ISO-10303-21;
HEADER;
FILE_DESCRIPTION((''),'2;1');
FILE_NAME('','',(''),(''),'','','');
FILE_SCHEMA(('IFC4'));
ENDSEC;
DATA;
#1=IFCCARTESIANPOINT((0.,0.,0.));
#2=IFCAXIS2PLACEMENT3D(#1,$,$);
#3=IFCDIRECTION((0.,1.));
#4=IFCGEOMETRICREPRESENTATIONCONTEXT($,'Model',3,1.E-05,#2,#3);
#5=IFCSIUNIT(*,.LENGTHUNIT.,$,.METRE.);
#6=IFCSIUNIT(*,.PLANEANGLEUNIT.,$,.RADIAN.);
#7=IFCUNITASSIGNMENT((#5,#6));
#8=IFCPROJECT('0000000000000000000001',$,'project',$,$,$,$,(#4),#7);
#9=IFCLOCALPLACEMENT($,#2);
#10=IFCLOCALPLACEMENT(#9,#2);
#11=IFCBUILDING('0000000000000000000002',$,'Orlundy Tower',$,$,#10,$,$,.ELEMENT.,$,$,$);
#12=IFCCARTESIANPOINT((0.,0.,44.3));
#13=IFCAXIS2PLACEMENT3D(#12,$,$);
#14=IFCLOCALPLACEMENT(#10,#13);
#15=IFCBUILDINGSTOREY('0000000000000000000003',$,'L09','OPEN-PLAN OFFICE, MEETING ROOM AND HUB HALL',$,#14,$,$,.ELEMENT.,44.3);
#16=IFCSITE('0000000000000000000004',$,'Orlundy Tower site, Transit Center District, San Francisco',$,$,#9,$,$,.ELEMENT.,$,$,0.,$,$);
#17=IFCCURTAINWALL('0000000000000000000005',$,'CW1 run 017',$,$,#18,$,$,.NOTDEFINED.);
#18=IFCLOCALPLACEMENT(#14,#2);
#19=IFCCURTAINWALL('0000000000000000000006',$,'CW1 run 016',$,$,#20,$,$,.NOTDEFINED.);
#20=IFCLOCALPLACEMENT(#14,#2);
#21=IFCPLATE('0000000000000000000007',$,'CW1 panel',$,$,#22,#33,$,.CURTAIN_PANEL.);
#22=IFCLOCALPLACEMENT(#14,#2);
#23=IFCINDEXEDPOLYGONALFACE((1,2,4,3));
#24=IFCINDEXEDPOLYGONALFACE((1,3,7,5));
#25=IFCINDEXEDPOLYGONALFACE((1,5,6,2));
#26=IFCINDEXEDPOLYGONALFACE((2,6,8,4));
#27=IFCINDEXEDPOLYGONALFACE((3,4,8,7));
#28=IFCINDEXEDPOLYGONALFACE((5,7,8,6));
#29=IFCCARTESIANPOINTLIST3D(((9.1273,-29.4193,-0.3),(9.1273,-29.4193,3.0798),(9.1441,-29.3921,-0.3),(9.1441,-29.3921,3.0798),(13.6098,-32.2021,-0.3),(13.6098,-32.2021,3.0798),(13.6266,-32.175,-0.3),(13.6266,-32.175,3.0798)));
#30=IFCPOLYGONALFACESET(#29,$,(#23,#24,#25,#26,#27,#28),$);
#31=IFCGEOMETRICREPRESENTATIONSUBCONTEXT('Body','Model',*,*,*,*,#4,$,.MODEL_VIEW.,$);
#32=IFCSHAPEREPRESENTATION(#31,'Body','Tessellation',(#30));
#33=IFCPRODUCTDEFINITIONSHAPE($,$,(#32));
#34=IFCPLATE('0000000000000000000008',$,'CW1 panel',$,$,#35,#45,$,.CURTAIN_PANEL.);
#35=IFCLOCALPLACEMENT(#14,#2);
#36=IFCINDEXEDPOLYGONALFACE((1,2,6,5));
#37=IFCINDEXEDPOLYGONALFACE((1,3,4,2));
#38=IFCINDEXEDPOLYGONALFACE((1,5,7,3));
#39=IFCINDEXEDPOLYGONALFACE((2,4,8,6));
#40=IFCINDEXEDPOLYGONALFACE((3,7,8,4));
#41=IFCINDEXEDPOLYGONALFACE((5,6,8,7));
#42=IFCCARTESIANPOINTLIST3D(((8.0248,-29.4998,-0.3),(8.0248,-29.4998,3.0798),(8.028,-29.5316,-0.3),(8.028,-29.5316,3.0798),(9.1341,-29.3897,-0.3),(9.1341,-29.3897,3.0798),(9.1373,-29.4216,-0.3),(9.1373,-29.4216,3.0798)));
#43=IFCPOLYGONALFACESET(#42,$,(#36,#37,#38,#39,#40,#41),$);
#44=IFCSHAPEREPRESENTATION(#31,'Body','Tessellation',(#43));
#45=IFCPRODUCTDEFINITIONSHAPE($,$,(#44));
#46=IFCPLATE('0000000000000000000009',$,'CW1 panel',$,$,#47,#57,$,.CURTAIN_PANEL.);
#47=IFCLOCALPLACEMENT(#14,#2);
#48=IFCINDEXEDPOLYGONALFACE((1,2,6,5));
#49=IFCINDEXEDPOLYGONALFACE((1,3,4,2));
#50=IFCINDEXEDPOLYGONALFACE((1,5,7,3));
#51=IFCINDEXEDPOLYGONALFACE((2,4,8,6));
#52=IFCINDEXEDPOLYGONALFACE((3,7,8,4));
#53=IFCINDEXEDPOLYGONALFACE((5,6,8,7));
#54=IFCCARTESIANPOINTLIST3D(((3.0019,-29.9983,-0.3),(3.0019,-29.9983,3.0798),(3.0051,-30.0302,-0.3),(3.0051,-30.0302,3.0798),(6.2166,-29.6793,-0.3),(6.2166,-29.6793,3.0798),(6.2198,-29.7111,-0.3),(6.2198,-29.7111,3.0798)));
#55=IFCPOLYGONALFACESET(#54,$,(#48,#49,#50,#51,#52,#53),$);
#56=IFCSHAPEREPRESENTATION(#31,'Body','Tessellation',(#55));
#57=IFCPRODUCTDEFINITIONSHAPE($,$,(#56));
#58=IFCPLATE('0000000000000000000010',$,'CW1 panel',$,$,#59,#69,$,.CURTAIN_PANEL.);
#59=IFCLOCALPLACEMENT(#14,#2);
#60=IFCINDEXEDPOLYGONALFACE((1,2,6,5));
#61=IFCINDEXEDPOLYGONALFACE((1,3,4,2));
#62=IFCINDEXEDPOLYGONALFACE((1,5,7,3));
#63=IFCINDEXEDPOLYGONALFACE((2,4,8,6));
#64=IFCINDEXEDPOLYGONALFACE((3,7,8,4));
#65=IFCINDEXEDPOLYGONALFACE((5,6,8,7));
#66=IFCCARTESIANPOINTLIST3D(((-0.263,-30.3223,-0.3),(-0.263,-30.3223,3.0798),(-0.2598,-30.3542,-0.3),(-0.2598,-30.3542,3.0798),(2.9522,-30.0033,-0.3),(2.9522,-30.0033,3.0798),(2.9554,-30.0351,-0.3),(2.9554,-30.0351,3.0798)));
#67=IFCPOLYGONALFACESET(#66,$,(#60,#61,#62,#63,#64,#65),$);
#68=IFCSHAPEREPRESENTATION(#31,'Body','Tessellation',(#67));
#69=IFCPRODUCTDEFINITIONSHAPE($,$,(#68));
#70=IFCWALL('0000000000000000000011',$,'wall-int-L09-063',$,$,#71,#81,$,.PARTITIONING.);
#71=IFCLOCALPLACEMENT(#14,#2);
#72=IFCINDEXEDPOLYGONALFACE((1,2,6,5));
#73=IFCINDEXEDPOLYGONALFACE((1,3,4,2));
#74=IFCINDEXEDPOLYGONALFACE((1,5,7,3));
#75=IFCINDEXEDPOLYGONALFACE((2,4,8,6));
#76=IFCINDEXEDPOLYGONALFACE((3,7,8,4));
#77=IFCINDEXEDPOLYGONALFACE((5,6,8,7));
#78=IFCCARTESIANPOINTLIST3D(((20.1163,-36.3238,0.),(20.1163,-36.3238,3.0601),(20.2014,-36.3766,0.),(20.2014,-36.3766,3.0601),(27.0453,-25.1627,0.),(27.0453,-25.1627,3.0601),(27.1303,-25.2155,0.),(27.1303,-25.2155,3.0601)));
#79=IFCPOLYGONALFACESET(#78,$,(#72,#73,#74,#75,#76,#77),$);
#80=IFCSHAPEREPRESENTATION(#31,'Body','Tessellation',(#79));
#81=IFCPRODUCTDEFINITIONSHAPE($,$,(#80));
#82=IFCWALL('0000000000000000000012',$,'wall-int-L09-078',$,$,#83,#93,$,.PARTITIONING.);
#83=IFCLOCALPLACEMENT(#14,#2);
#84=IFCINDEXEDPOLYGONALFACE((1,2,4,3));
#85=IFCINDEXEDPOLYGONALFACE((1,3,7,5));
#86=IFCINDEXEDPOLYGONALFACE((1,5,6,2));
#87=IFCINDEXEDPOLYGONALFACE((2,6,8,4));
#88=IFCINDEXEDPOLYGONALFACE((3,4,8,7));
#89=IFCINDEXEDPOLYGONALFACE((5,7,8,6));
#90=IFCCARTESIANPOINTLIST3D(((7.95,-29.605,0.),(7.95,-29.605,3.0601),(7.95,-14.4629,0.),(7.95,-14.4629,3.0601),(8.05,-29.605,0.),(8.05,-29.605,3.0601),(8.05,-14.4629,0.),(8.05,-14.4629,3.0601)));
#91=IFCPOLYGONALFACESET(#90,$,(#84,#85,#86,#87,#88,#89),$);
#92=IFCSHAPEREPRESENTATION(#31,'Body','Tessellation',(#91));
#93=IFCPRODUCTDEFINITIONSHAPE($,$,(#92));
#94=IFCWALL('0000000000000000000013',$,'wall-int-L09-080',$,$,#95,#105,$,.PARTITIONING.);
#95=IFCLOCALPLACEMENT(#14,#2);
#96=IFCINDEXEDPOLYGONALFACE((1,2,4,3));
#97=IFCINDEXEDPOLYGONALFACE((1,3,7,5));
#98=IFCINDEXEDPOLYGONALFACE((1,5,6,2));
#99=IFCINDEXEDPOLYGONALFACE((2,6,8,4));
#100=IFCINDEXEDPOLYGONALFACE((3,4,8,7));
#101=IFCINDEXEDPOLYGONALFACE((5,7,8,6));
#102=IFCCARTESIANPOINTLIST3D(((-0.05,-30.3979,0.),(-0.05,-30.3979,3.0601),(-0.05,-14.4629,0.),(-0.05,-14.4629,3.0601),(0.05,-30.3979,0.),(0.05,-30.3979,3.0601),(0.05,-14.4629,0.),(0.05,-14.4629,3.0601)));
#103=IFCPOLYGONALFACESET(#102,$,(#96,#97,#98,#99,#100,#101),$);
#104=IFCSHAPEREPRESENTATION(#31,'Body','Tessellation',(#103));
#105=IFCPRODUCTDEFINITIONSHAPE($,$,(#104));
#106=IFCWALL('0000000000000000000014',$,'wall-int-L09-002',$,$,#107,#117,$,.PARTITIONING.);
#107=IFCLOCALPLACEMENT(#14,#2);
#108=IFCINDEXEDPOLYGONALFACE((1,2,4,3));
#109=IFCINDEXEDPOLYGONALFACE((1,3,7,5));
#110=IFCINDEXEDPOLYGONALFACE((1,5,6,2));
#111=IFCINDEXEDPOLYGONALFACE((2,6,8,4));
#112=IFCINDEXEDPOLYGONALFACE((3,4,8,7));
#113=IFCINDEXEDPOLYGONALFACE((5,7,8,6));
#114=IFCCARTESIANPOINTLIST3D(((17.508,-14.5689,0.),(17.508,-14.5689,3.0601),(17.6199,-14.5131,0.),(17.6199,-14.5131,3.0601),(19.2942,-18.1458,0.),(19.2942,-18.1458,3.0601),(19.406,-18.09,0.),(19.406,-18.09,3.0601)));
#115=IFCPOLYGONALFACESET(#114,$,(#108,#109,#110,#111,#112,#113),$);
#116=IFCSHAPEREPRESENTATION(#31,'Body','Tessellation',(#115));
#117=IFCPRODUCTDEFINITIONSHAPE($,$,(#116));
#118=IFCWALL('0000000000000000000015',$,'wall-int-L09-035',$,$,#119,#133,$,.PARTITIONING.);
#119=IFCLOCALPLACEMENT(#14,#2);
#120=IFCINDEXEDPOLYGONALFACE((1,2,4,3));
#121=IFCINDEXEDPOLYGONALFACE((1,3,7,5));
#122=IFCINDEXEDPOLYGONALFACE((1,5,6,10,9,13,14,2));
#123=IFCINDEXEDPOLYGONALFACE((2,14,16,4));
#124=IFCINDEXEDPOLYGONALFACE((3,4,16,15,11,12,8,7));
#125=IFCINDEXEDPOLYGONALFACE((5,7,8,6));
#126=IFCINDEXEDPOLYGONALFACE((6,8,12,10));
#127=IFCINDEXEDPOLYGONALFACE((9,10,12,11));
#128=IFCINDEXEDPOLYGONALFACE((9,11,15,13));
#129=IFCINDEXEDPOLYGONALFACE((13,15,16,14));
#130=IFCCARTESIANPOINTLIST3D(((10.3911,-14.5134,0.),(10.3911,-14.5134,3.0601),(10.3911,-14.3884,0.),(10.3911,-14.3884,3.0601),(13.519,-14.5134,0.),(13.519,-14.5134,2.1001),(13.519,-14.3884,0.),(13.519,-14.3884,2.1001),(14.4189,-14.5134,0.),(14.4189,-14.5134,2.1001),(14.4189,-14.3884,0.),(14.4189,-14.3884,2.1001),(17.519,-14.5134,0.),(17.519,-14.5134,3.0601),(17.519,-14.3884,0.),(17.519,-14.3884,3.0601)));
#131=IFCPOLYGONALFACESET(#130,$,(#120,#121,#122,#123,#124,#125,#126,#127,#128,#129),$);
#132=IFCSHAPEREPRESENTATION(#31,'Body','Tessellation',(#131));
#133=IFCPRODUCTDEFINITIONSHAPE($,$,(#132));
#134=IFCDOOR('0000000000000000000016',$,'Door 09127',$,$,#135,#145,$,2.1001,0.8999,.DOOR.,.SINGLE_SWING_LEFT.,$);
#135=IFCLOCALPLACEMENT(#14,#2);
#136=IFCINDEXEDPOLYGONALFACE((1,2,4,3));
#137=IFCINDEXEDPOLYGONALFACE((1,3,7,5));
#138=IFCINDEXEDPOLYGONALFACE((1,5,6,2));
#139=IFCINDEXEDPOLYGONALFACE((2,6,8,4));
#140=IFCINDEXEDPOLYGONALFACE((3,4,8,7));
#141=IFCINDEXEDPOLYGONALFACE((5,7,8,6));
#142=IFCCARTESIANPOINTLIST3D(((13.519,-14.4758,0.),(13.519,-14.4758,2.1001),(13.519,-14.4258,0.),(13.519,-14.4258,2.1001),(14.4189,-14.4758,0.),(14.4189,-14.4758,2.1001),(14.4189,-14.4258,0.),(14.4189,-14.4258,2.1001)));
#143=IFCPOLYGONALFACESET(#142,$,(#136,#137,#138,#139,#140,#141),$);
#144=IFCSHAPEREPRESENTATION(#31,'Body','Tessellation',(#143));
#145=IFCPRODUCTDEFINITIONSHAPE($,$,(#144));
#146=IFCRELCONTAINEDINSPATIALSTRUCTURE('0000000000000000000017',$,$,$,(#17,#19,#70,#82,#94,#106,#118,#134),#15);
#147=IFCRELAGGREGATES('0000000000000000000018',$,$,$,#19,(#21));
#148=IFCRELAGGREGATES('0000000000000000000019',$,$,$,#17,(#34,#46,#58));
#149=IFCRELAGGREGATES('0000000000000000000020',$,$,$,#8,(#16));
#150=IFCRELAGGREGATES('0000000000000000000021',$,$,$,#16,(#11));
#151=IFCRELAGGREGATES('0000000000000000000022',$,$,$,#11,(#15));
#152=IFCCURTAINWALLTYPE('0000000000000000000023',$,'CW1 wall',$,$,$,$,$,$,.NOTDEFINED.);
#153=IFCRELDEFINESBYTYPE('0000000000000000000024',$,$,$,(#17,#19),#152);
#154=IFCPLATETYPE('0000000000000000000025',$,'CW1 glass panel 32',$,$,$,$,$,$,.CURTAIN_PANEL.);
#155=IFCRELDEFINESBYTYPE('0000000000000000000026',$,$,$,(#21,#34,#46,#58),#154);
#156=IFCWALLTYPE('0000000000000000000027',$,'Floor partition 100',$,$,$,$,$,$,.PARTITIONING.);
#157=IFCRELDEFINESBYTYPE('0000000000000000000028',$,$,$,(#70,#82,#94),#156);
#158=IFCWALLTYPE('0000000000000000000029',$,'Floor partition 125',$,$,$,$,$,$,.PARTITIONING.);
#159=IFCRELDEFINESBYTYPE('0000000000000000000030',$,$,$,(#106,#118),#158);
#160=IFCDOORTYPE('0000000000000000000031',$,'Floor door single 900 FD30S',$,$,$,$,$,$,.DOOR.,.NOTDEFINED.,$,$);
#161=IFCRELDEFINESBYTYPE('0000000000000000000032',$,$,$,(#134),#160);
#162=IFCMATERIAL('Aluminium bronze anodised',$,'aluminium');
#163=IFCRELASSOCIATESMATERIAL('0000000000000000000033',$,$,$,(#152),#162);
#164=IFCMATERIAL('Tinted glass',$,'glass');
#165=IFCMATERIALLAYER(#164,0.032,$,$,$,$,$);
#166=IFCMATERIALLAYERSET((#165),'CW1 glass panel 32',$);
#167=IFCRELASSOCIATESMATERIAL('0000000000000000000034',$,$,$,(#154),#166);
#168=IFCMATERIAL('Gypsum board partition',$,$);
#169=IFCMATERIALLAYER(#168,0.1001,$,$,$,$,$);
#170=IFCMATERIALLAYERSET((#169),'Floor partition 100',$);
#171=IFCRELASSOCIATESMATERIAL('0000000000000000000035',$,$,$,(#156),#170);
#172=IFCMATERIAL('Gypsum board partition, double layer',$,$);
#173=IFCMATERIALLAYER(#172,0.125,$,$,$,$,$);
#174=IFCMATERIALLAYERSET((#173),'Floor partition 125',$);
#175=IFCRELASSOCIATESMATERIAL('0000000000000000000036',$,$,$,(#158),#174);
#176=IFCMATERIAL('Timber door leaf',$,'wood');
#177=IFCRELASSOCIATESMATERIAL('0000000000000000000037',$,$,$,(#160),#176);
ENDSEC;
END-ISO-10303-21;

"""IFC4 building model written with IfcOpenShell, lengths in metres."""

from ifc_helpers import new_model, si_unit, direction, frame, frame_2d, origin, origin_2d, place, context, subcontext, project, spatial, rectangle, extrude, material, layer, layer_set, type_object, element, fill, aggregate, save


model = new_model("IFC4")

# Units and contexts
model_context = context("Model", 3, precision=1e-05, world=origin(), true_north=direction((0.0, 1.0)))
body_context = subcontext(model_context, "Body", "Model", "MODEL_VIEW")
ifc_project = project(units=[si_unit("LENGTHUNIT", "METRE"), si_unit("PLANEANGLEUNIT", "RADIAN")], contexts=[model_context])

# Site, building, storey
site_placement = place(None, origin())
site = spatial("IfcSite", under=ifc_project, at=site_placement, Name="Orlundy Tower site, Transit Center District, San Francisco", CompositionType="ELEMENT", RefElevation=0.0)
building_placement = place(site_placement, origin())
building = spatial("IfcBuilding", under=site, at=building_placement, Name="Orlundy Tower", CompositionType="ELEMENT")
storey_placement = place(building_placement, frame((0.0, 0.0, 44.3)))
storey = spatial("IfcBuildingStorey", under=building, at=storey_placement, Name="L09", Description="OPEN-PLAN OFFICE, MEETING ROOM AND HUB HALL", CompositionType="ELEMENT", Elevation=44.3)

# Curtain wall
ifc_material_1 = material(Name="Aluminium bronze anodised", Category="aluminium")
curtain_wall_type = type_object("IfcCurtainWallType", Name="CW1 wall", PredefinedType="NOTDEFINED", material=ifc_material_1)
curtain_wall_1_placement = place(storey_placement, origin())
curtain_wall_1 = element("IfcCurtainWall", 1, at=curtain_wall_1_placement, inside=storey, type_object=curtain_wall_type, Name="CW1 run 017", PredefinedType="NOTDEFINED")

# Curtain wall
curtain_wall_2_placement = place(storey_placement, origin())
curtain_wall_2 = element("IfcCurtainWall", 2, at=curtain_wall_2_placement, inside=storey, type_object=curtain_wall_type, Name="CW1 run 016", PredefinedType="NOTDEFINED")

# Plates
ifc_material_2 = material(Name="Tinted glass", Category="glass")
ifc_layer_1 = layer(ifc_material_2, 0.032)
ifc_layer_set_1 = layer_set([ifc_layer_1], Name="CW1 glass panel 32")
plate_type = type_object("IfcPlateType", Name="CW1 glass panel 32", PredefinedType="CURTAIN_PANEL", material=ifc_layer_set_1)
plate_1_placement = place(storey_placement, frame((11.377, -30.7971, -0.3), z_axis=(0.0, 0.0, 1.0), x_axis=(-0.849587, 0.527449, 0.0)))
plate_1 = element("IfcPlate", 3, at=plate_1_placement, type_object=plate_type, Name="CW1 panel", PredefinedType="CURTAIN_PANEL", context=body_context, shape_type="SweptSolid", body=[
    extrude(rectangle(XDim=5.2761, YDim=0.032, at=origin_2d()), origin(), (0.0, 0.0, 1.0), 3.3799),
])
aggregate(curtain_wall_2, [plate_1])
plate_2_placement = place(storey_placement, frame((8.5811, -29.4607, -0.3), z_axis=(0.0, 0.0, 1.0), x_axis=(-0.995112, -0.09875, 0.0)))
plate_2 = element("IfcPlate", 4, at=plate_2_placement, type_object=plate_type, Name="CW1 panel", PredefinedType="CURTAIN_PANEL", context=body_context, shape_type="SweptSolid", body=[
    extrude(rectangle(XDim=1.1147, YDim=0.032, at=origin_2d()), origin(), (0.0, 0.0, 1.0), 3.3799),
])
plate_3_placement = place(storey_placement, frame((4.6108, -29.8547, -0.3), z_axis=(0.0, 0.0, 1.0), x_axis=(-0.995112, -0.09875, 0.0)))
plate_3 = element("IfcPlate", 5, at=plate_3_placement, type_object=plate_type, Name="CW1 panel", PredefinedType="CURTAIN_PANEL", context=body_context, shape_type="SweptSolid", body=[
    extrude(rectangle(XDim=3.2305, YDim=0.032, at=origin_2d()), origin(), (0.0, 0.0, 1.0), 3.3799),
])
plate_4_placement = place(storey_placement, frame((1.3462, -30.1787, -0.3), z_axis=(0.0, 0.0, 1.0), x_axis=(-0.995112, -0.09875, 0.0)))
plate_4 = element("IfcPlate", 6, at=plate_4_placement, type_object=plate_type, Name="CW1 panel", PredefinedType="CURTAIN_PANEL", context=body_context, shape_type="SweptSolid", body=[
    extrude(rectangle(XDim=3.231, YDim=0.032, at=origin_2d()), origin(), (0.0, 0.0, 1.0), 3.3799),
])
aggregate(curtain_wall_1, [plate_2, plate_3, plate_4])

# Walls
ifc_material_3 = material(Name="Gypsum board partition")
ifc_layer_2 = layer(ifc_material_3, 0.1001)
ifc_layer_set_2 = layer_set([ifc_layer_2], Name="Floor partition 100")
wall_type_1 = type_object("IfcWallType", Name="Floor partition 100", PredefinedType="PARTITIONING", material=ifc_layer_set_2)
wall_1_placement = place(storey_placement, frame((20.1589, -36.3501, 0.0), z_axis=(0.0, 0.0, 1.0), x_axis=(0.527437, 0.849594, 0.0)))
element("IfcWall", 7, at=wall_1_placement, inside=storey, type_object=wall_type_1, Name="wall-int-L09-063", PredefinedType="PARTITIONING", context=body_context, shape_type="SweptSolid", body=[
    extrude(rectangle(XDim=13.137, YDim=0.1001, at=frame_2d((6.5684, 0.0))), origin(), (0.0, 0.0, 1.0), 3.0601),
])
wall_2_placement = place(storey_placement, frame((8.0, -29.605, 0.0), z_axis=(0.0, 0.0, 1.0), x_axis=(0.0, 1.0, 0.0)))
element("IfcWall", 8, at=wall_2_placement, inside=storey, type_object=wall_type_1, Name="wall-int-L09-078", PredefinedType="PARTITIONING", context=body_context, shape_type="SweptSolid", body=[
    extrude(rectangle(XDim=15.1421, YDim=0.1001, at=frame_2d((7.571, 0.0))), origin(), (0.0, 0.0, 1.0), 3.0601),
])
wall_3_placement = place(storey_placement, frame((0.0, -30.3979, 0.0), z_axis=(0.0, 0.0, 1.0), x_axis=(0.0, 1.0, 0.0)))
element("IfcWall", 9, at=wall_3_placement, inside=storey, type_object=wall_type_1, Name="wall-int-L09-080", PredefinedType="PARTITIONING", context=body_context, shape_type="SweptSolid", body=[
    extrude(rectangle(XDim=15.9351, YDim=0.1001, at=frame_2d((7.9675, 0.0))), origin(), (0.0, 0.0, 1.0), 3.0601),
])
ifc_material_4 = material(Name="Gypsum board partition, double layer")
ifc_layer_3 = layer(ifc_material_4, 0.125)
ifc_layer_set_3 = layer_set([ifc_layer_3], Name="Floor partition 125")
wall_type_2 = type_object("IfcWallType", Name="Floor partition 125", PredefinedType="PARTITIONING", material=ifc_layer_set_3)
wall_4_placement = place(storey_placement, frame((17.564, -14.541, 0.0), z_axis=(0.0, 0.0, 1.0), x_axis=(0.446749, -0.894659, 0.0)))
element("IfcWall", 10, at=wall_4_placement, inside=storey, type_object=wall_type_2, Name="wall-int-L09-002", PredefinedType="PARTITIONING", context=body_context, shape_type="SweptSolid", body=[
    extrude(rectangle(XDim=3.998, YDim=0.125, at=frame_2d((1.999, 0.0))), origin(), (0.0, 0.0, 1.0), 3.0601),
])

# Wall, opening, door
wall_5_placement = place(storey_placement, frame((17.519, -14.4509, 0.0), z_axis=(0.0, 0.0, 1.0), x_axis=(-1.0, 0.0, 0.0)))
wall_5 = element("IfcWall", 11, at=wall_5_placement, inside=storey, type_object=wall_type_2, Name="wall-int-L09-035", PredefinedType="PARTITIONING", context=body_context, shape_type="SweptSolid", body=[
    extrude(rectangle(XDim=7.1279, YDim=0.125, at=frame_2d((3.564, 0.0))), origin(), (0.0, 0.0, 1.0), 3.0601),
])
opening_1_placement = place(wall_5_placement, frame((3.1001, 0.0, 0.0)))
opening_1 = element("IfcOpeningElement", 12, at=opening_1_placement, cuts=wall_5, PredefinedType="OPENING", context=body_context, shape_type="SweptSolid", body=[
    extrude(rectangle(XDim=0.8999, YDim=2.1001, at=frame_2d((0.45, 1.05))), frame((0.0, 0.0725, 0.0), z_axis=(0.0, -1.0, 0.0), x_axis=(1.0, 0.0, 0.0)), (0.0, 0.0, 1.0), 0.145),
])
ifc_material_5 = material(Name="Timber door leaf", Category="wood")
door_type_1 = type_object("IfcDoorType", Name="Floor door single 900 FD30S", OperationType="NOTDEFINED", PredefinedType="DOOR", material=ifc_material_5)
door_1_placement = place(opening_1_placement, origin())
door_1 = element("IfcDoor", 13, at=door_1_placement, inside=storey, type_object=door_type_1, Name="Door 09127", OperationType="SINGLE_SWING_LEFT", OverallHeight=2.1001, OverallWidth=0.8999, PredefinedType="DOOR", context=body_context, shape_type="SweptSolid", body=[
    extrude(rectangle(XDim=0.8999, YDim=2.1001, at=frame_2d((0.45, 1.05))), frame((0.0, 0.0249, 0.0), z_axis=(0.0, -1.0, 0.0), x_axis=(1.0, 0.0, 0.0)), (0.0, 0.0, 1.0), 0.05),
])
fill(opening_1, door_1)

save(model, "model.ifc")
